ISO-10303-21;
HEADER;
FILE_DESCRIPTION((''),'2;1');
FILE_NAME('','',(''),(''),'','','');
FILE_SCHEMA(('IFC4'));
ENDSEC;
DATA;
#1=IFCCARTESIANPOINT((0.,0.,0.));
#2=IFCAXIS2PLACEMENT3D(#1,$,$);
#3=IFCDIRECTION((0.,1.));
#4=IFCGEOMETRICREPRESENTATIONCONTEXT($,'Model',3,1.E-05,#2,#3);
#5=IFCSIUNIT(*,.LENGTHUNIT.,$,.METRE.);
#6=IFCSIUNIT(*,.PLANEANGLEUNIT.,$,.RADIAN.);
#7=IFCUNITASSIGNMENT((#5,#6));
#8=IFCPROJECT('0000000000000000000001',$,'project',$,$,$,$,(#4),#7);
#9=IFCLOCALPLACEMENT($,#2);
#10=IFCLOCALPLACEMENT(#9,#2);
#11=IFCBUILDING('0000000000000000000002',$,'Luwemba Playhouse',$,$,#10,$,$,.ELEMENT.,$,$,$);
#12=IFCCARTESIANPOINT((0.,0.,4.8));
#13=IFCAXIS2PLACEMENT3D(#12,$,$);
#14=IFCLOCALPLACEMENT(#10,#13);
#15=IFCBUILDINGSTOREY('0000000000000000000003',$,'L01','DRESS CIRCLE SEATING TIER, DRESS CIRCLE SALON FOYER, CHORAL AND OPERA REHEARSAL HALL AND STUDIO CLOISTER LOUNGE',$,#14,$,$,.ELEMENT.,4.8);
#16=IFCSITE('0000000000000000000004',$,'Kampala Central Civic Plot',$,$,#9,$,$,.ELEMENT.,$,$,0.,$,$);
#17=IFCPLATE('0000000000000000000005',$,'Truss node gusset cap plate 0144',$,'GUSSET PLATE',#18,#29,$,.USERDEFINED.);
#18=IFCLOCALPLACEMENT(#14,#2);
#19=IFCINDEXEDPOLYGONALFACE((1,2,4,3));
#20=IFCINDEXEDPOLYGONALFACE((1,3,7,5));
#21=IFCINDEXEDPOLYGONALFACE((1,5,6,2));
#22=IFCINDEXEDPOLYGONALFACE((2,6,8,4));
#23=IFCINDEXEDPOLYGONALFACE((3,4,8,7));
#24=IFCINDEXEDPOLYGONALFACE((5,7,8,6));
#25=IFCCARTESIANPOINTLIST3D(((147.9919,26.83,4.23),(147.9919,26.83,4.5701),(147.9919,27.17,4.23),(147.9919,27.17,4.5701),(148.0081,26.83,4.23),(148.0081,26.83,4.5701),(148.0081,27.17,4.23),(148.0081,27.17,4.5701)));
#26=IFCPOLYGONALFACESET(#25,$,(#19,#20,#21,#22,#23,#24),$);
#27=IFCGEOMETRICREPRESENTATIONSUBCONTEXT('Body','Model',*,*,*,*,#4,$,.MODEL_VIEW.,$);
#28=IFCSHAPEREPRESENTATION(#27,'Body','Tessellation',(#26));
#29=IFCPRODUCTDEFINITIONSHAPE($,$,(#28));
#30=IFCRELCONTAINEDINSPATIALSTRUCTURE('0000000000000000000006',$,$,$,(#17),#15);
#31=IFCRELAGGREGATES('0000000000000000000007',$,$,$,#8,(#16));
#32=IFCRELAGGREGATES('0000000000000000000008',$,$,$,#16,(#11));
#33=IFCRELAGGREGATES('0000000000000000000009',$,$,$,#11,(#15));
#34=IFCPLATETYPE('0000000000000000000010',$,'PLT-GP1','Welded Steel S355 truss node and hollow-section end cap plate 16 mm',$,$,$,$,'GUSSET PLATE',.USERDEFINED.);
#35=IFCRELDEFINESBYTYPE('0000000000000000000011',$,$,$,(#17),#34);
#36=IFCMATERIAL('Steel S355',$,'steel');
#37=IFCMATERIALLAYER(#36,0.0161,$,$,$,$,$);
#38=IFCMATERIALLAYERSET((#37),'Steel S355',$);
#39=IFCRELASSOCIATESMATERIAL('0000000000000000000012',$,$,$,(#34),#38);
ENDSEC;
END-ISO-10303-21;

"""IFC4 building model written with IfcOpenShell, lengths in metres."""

from ifc_helpers import new_model, si_unit, direction, frame, origin, origin_2d, place, context, subcontext, project, spatial, rectangle, extrude, material, layer, layer_set, type_object, element, save


model = new_model("IFC4")

# Units and contexts
model_context = context("Model", 3, precision=1e-05, world=origin(), true_north=direction((0.0, 1.0)))
body_context = subcontext(model_context, "Body", "Model", "MODEL_VIEW")
ifc_project = project(units=[si_unit("LENGTHUNIT", "METRE"), si_unit("PLANEANGLEUNIT", "RADIAN")], contexts=[model_context])

# Site, building, storey
site_placement = place(None, origin())
site = spatial("IfcSite", under=ifc_project, at=site_placement, Name="Kampala Central Civic Plot", CompositionType="ELEMENT", RefElevation=0.0)
building_placement = place(site_placement, origin())
building = spatial("IfcBuilding", under=site, at=building_placement, Name="Luwemba Playhouse", CompositionType="ELEMENT")
storey_placement = place(building_placement, frame((0.0, 0.0, 4.8)))
storey = spatial("IfcBuildingStorey", under=building, at=storey_placement, Name="L01", Description="DRESS CIRCLE SEATING TIER, DRESS CIRCLE SALON FOYER, CHORAL AND OPERA REHEARSAL HALL AND STUDIO CLOISTER LOUNGE", CompositionType="ELEMENT", Elevation=4.8)

# Shared definitions
ifc_material_1 = material(Name="Steel S355", Category="steel")

# Plate
ifc_layer_1 = layer(ifc_material_1, 0.0161)
ifc_layer_set_1 = layer_set([ifc_layer_1], Name="Steel S355")
plate_type_1 = type_object("IfcPlateType", Name="PLT-GP1", Description="Welded Steel S355 truss node and hollow-section end cap plate 16 mm", ElementType="GUSSET PLATE", PredefinedType="USERDEFINED", material=ifc_layer_set_1)
plate_1_placement = place(storey_placement, frame((148.0, 27.0, 4.23), z_axis=(0.0, 0.0, 1.0), x_axis=(1.0, 0.0, 0.0)))
element("IfcPlate", 1, at=plate_1_placement, inside=storey, type_object=plate_type_1, Name="Truss node gusset cap plate 0144", ObjectType="GUSSET PLATE", PredefinedType="USERDEFINED", context=body_context, shape_type="SweptSolid", body=[
    extrude(rectangle(XDim=0.0161, YDim=0.3401, at=origin_2d()), origin(), (0.0, 0.0, 1.0), 0.3401),
])

save(model, "model.ifc")
